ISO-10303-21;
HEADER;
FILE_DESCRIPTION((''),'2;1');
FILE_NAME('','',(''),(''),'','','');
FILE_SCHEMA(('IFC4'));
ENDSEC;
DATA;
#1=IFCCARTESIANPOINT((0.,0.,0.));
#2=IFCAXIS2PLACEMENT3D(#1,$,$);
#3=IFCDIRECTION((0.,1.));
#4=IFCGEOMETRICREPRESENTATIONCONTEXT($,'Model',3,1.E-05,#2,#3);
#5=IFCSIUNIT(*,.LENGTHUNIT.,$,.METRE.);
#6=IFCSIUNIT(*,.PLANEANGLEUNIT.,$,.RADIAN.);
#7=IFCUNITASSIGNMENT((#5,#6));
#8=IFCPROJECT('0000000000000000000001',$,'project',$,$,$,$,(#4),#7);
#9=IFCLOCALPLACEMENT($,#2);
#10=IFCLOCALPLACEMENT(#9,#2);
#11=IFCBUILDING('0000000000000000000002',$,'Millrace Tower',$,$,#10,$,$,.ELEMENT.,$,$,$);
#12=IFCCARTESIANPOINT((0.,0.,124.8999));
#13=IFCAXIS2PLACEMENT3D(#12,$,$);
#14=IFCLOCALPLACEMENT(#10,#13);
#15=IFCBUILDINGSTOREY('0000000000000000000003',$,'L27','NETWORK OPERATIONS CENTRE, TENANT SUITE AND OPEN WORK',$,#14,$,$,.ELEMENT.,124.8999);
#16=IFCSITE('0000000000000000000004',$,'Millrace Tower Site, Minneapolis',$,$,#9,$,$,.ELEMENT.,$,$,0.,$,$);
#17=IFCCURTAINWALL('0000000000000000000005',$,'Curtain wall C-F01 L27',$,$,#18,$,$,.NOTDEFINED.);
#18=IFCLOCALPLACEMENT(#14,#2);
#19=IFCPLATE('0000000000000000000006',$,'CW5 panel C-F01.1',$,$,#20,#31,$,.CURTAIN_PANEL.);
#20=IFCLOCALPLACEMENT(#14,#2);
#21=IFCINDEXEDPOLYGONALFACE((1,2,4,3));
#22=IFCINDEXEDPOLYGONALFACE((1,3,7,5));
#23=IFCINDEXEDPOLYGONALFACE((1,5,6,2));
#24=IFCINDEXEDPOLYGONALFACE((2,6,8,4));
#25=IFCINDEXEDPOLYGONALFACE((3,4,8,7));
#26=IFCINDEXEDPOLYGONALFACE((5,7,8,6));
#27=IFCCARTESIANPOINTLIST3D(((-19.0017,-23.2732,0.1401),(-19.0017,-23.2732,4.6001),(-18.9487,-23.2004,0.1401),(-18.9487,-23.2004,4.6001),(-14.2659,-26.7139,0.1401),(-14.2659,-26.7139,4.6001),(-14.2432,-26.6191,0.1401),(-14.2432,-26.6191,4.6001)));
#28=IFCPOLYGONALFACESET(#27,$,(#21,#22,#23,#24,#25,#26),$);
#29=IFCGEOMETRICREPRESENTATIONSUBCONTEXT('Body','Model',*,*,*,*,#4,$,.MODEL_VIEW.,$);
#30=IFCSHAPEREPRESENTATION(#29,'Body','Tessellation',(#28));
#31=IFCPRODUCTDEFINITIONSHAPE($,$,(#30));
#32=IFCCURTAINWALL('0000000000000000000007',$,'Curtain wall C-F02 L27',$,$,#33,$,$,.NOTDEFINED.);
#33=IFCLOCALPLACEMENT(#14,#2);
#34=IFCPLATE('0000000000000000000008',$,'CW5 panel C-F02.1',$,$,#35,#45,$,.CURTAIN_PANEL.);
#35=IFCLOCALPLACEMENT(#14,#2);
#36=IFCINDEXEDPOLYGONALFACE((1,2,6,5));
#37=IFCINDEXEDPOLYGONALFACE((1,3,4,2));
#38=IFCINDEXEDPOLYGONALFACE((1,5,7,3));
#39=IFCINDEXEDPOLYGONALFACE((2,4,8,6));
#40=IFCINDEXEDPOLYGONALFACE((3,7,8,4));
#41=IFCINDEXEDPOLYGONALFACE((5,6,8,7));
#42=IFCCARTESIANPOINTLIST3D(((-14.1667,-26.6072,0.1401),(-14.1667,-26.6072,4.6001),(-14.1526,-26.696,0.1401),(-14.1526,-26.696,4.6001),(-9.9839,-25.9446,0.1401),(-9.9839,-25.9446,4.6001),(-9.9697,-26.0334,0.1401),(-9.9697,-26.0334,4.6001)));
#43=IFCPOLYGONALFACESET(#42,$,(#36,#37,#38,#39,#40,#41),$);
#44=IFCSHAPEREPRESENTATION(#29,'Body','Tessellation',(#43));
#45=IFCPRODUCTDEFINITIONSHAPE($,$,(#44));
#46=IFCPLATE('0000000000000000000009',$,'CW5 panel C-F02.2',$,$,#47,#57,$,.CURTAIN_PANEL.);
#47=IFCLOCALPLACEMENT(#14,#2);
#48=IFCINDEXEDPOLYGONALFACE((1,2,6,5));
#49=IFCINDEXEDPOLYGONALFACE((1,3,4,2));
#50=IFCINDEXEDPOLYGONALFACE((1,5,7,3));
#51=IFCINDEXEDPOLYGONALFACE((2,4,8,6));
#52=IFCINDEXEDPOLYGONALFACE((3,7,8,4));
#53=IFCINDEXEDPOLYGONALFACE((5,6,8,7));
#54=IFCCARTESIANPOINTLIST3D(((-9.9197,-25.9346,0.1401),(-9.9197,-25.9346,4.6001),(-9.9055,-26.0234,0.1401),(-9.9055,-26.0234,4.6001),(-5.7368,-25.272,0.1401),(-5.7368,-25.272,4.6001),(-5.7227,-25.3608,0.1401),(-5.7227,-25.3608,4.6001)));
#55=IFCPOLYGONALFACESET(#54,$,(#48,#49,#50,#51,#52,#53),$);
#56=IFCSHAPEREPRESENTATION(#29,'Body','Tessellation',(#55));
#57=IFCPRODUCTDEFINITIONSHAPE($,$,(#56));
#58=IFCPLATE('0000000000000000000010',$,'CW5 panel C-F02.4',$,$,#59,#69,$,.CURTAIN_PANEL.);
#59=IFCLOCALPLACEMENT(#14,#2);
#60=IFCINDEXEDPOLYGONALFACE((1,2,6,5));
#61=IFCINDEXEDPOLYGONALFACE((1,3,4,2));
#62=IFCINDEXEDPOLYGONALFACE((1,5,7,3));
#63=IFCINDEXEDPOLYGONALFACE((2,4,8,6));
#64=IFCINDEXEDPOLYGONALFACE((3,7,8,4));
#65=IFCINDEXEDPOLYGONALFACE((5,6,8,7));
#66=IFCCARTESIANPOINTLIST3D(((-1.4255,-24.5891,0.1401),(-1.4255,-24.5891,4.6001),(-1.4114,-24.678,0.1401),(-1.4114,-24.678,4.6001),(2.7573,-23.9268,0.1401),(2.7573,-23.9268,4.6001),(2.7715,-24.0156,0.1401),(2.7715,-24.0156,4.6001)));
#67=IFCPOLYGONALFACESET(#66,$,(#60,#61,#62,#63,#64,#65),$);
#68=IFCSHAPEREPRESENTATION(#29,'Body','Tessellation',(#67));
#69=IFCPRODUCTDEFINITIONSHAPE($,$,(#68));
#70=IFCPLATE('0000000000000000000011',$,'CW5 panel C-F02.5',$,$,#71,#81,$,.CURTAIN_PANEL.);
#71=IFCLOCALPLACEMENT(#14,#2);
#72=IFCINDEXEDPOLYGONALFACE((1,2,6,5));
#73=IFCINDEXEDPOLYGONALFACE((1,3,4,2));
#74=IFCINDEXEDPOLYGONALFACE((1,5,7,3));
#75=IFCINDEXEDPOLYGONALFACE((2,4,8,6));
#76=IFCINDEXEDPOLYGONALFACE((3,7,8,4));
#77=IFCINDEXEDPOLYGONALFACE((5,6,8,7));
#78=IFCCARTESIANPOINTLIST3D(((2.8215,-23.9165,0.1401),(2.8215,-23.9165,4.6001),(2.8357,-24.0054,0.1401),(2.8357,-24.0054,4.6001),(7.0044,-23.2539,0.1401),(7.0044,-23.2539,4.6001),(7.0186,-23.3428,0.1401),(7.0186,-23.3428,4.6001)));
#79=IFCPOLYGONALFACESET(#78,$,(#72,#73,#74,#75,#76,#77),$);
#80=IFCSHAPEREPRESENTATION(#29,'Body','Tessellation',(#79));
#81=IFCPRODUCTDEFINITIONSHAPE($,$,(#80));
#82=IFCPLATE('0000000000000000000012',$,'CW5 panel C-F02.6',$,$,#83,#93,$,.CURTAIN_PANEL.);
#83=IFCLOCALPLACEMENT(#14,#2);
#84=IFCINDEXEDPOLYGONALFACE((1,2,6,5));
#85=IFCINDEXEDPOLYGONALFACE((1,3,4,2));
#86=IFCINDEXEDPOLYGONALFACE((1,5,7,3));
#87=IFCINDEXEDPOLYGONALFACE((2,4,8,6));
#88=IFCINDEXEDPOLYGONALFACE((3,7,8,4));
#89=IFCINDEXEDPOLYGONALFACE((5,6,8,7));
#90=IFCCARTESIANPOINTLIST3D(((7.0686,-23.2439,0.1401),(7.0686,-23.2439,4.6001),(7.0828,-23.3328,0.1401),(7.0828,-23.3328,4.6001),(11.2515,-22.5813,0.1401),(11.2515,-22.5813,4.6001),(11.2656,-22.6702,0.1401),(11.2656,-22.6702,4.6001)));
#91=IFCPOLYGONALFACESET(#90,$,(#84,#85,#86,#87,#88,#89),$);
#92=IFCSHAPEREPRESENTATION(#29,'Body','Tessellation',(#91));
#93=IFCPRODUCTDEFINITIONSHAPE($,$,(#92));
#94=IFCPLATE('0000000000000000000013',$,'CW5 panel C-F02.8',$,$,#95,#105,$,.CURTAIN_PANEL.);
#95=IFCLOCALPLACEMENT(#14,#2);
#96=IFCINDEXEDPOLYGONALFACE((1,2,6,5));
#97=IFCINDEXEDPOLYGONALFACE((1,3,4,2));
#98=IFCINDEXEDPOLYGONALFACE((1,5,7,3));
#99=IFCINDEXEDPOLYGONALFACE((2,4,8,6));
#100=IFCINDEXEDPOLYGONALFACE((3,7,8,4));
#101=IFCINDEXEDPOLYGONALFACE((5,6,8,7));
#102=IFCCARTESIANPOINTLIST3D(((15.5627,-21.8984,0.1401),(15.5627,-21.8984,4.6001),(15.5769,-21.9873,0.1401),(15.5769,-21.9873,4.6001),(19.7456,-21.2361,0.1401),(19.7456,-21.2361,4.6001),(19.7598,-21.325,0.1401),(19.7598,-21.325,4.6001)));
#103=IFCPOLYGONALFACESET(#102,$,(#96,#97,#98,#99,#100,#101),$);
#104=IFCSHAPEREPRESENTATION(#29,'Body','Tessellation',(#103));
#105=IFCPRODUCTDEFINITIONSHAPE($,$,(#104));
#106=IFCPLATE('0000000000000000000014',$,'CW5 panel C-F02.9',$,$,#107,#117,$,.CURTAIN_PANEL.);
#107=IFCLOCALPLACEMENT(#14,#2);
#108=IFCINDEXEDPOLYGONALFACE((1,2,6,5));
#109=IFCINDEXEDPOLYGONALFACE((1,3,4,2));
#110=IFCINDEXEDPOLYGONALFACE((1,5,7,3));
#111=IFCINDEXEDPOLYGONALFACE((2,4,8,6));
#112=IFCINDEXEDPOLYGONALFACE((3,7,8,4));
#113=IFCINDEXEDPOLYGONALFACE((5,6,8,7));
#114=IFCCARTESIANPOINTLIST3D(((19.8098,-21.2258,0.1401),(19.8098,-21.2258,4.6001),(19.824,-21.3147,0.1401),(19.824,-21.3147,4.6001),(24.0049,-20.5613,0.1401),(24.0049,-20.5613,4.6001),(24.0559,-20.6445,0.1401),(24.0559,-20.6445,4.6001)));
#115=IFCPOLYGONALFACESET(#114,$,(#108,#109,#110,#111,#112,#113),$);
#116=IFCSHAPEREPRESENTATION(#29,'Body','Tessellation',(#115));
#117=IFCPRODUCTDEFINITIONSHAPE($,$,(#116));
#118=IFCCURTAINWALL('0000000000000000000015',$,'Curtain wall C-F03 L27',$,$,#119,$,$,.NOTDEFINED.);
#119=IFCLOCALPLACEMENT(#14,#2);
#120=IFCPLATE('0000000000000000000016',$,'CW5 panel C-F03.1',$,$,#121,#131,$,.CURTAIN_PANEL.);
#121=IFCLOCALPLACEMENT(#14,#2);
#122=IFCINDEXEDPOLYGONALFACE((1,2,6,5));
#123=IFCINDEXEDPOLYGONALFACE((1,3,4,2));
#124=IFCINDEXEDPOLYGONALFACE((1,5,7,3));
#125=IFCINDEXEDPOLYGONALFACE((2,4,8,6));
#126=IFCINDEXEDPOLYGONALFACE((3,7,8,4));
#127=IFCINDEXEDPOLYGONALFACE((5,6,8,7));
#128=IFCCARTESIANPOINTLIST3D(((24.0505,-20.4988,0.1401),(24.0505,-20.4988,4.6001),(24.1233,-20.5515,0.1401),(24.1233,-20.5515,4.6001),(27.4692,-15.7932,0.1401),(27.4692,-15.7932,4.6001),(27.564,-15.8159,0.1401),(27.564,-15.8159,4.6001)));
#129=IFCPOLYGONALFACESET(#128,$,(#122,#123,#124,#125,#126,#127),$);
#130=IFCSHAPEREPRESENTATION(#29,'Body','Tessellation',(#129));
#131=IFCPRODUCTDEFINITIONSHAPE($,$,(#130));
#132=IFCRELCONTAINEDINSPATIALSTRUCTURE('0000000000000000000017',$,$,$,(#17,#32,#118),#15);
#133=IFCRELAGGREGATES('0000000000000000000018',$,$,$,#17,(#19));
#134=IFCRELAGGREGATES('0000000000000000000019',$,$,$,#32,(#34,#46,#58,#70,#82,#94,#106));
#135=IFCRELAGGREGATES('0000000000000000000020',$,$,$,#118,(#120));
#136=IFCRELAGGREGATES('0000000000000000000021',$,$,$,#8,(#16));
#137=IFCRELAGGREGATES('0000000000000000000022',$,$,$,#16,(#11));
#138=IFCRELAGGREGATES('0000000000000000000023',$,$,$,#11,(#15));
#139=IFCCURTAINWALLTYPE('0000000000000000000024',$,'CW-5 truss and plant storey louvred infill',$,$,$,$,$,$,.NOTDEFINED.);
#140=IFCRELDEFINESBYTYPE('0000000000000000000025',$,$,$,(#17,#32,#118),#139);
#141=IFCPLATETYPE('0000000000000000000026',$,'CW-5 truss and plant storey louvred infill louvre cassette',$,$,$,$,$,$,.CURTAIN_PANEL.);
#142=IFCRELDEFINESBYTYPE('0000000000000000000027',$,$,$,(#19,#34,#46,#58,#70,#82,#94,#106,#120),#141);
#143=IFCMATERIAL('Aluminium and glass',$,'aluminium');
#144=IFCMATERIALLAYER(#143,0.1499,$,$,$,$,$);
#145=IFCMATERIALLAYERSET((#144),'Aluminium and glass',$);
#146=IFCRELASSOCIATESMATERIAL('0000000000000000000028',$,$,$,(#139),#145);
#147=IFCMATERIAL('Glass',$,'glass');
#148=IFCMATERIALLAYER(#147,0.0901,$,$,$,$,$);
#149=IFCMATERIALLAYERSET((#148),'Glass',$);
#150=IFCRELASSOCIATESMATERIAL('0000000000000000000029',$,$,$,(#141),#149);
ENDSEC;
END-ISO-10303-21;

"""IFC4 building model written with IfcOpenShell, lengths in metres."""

from ifc_helpers import new_model, si_unit, direction, frame, origin, place, context, subcontext, project, spatial, polyline, outline, extrude, material, layer, layer_set, type_object, element, aggregate, save


model = new_model("IFC4")

# Units and contexts
model_context = context("Model", 3, precision=1e-05, world=origin(), true_north=direction((0.0, 1.0)))
body_context = subcontext(model_context, "Body", "Model", "MODEL_VIEW")
ifc_project = project(units=[si_unit("LENGTHUNIT", "METRE"), si_unit("PLANEANGLEUNIT", "RADIAN")], contexts=[model_context])

# Site, building, storey
site_placement = place(None, origin())
site = spatial("IfcSite", under=ifc_project, at=site_placement, Name="Millrace Tower Site, Minneapolis", CompositionType="ELEMENT", RefElevation=0.0)
building_placement = place(site_placement, origin())
building = spatial("IfcBuilding", under=site, at=building_placement, Name="Millrace Tower", CompositionType="ELEMENT")
storey_placement = place(building_placement, frame((0.0, 0.0, 124.8999)))
storey = spatial("IfcBuildingStorey", under=building, at=storey_placement, Name="L27", Description="NETWORK OPERATIONS CENTRE, TENANT SUITE AND OPEN WORK", CompositionType="ELEMENT", Elevation=124.8999)

# Curtain wall, plate
ifc_material_1 = material(Name="Aluminium and glass", Category="aluminium")
ifc_layer_1 = layer(ifc_material_1, 0.1499)
ifc_layer_set_1 = layer_set([ifc_layer_1], Name="Aluminium and glass")
curtain_wall_type = type_object("IfcCurtainWallType", Name="CW-5 truss and plant storey louvred infill", PredefinedType="NOTDEFINED", material=ifc_layer_set_1)
placement_1 = place(storey_placement, origin())
curtain_wall_1 = element("IfcCurtainWall", 1, at=placement_1, inside=storey, type_object=curtain_wall_type, Name="Curtain wall C-F01 L27", PredefinedType="NOTDEFINED")
ifc_material_2 = material(Name="Glass", Category="glass")
ifc_layer_2 = layer(ifc_material_2, 0.0901)
ifc_layer_set_2 = layer_set([ifc_layer_2], Name="Glass")
plate_type = type_object("IfcPlateType", Name="CW-5 truss and plant storey louvred infill louvre cassette", PredefinedType="CURTAIN_PANEL", material=ifc_layer_set_2)
placement_2 = place(storey_placement, frame((0.0, 0.0, 0.1401)))
plate_1 = element("IfcPlate", 2, at=placement_2, type_object=plate_type, Name="CW5 panel C-F01.1", PredefinedType="CURTAIN_PANEL", context=body_context, shape_type="SweptSolid", body=[
    extrude(outline(polyline([(-19.0017, -23.2732), (-14.2659, -26.7139), (-14.2432, -26.6191), (-18.9487, -23.2004), (-19.0017, -23.2732)])), origin(), (0.0, 0.0, 1.0), 4.46),
])
aggregate(curtain_wall_1, [plate_1])

# Curtain wall, plates
curtain_wall_2 = element("IfcCurtainWall", 3, at=placement_1, inside=storey, type_object=curtain_wall_type, Name="Curtain wall C-F02 L27", PredefinedType="NOTDEFINED")
plate_2 = element("IfcPlate", 4, at=placement_2, type_object=plate_type, Name="CW5 panel C-F02.1", PredefinedType="CURTAIN_PANEL", context=body_context, shape_type="SweptSolid", body=[
    extrude(outline(polyline([(-14.1526, -26.696), (-9.9697, -26.0334), (-9.9839, -25.9446), (-14.1667, -26.6072), (-14.1526, -26.696)])), origin(), (0.0, 0.0, 1.0), 4.46),
])
plate_3 = element("IfcPlate", 5, at=placement_2, type_object=plate_type, Name="CW5 panel C-F02.2", PredefinedType="CURTAIN_PANEL", context=body_context, shape_type="SweptSolid", body=[
    extrude(outline(polyline([(-9.9055, -26.0234), (-5.7227, -25.3608), (-5.7368, -25.272), (-9.9197, -25.9346), (-9.9055, -26.0234)])), origin(), (0.0, 0.0, 1.0), 4.46),
])
plate_4 = element("IfcPlate", 6, at=placement_2, type_object=plate_type, Name="CW5 panel C-F02.4", PredefinedType="CURTAIN_PANEL", context=body_context, shape_type="SweptSolid", body=[
    extrude(outline(polyline([(-1.4114, -24.678), (2.7715, -24.0156), (2.7573, -23.9268), (-1.4255, -24.5891), (-1.4114, -24.678)])), origin(), (0.0, 0.0, 1.0), 4.46),
])
plate_5 = element("IfcPlate", 7, at=placement_2, type_object=plate_type, Name="CW5 panel C-F02.5", PredefinedType="CURTAIN_PANEL", context=body_context, shape_type="SweptSolid", body=[
    extrude(outline(polyline([(2.8357, -24.0054), (7.0186, -23.3428), (7.0044, -23.2539), (2.8215, -23.9165), (2.8357, -24.0054)])), origin(), (0.0, 0.0, 1.0), 4.46),
])
plate_6 = element("IfcPlate", 8, at=placement_2, type_object=plate_type, Name="CW5 panel C-F02.6", PredefinedType="CURTAIN_PANEL", context=body_context, shape_type="SweptSolid", body=[
    extrude(outline(polyline([(7.0828, -23.3328), (11.2656, -22.6702), (11.2515, -22.5813), (7.0686, -23.2439), (7.0828, -23.3328)])), origin(), (0.0, 0.0, 1.0), 4.46),
])
plate_7 = element("IfcPlate", 9, at=placement_2, type_object=plate_type, Name="CW5 panel C-F02.8", PredefinedType="CURTAIN_PANEL", context=body_context, shape_type="SweptSolid", body=[
    extrude(outline(polyline([(15.5769, -21.9873), (19.7598, -21.325), (19.7456, -21.2361), (15.5627, -21.8984), (15.5769, -21.9873)])), origin(), (0.0, 0.0, 1.0), 4.46),
])
plate_8 = element("IfcPlate", 10, at=placement_2, type_object=plate_type, Name="CW5 panel C-F02.9", PredefinedType="CURTAIN_PANEL", context=body_context, shape_type="SweptSolid", body=[
    extrude(outline(polyline([(19.824, -21.3147), (24.0559, -20.6445), (24.0049, -20.5613), (19.8098, -21.2258), (19.824, -21.3147)])), origin(), (0.0, 0.0, 1.0), 4.46),
])
aggregate(curtain_wall_2, [plate_2, plate_3, plate_4, plate_5, plate_6, plate_7, plate_8])

# Curtain wall, plate
curtain_wall_3 = element("IfcCurtainWall", 11, at=placement_1, inside=storey, type_object=curtain_wall_type, Name="Curtain wall C-F03 L27", PredefinedType="NOTDEFINED")
plate_9 = element("IfcPlate", 12, at=placement_2, type_object=plate_type, Name="CW5 panel C-F03.1", PredefinedType="CURTAIN_PANEL", context=body_context, shape_type="SweptSolid", body=[
    extrude(outline(polyline([(24.1233, -20.5515), (27.564, -15.8159), (27.4692, -15.7932), (24.0505, -20.4988), (24.1233, -20.5515)])), origin(), (0.0, 0.0, 1.0), 4.46),
])
aggregate(curtain_wall_3, [plate_9])

save(model, "model.ifc")
